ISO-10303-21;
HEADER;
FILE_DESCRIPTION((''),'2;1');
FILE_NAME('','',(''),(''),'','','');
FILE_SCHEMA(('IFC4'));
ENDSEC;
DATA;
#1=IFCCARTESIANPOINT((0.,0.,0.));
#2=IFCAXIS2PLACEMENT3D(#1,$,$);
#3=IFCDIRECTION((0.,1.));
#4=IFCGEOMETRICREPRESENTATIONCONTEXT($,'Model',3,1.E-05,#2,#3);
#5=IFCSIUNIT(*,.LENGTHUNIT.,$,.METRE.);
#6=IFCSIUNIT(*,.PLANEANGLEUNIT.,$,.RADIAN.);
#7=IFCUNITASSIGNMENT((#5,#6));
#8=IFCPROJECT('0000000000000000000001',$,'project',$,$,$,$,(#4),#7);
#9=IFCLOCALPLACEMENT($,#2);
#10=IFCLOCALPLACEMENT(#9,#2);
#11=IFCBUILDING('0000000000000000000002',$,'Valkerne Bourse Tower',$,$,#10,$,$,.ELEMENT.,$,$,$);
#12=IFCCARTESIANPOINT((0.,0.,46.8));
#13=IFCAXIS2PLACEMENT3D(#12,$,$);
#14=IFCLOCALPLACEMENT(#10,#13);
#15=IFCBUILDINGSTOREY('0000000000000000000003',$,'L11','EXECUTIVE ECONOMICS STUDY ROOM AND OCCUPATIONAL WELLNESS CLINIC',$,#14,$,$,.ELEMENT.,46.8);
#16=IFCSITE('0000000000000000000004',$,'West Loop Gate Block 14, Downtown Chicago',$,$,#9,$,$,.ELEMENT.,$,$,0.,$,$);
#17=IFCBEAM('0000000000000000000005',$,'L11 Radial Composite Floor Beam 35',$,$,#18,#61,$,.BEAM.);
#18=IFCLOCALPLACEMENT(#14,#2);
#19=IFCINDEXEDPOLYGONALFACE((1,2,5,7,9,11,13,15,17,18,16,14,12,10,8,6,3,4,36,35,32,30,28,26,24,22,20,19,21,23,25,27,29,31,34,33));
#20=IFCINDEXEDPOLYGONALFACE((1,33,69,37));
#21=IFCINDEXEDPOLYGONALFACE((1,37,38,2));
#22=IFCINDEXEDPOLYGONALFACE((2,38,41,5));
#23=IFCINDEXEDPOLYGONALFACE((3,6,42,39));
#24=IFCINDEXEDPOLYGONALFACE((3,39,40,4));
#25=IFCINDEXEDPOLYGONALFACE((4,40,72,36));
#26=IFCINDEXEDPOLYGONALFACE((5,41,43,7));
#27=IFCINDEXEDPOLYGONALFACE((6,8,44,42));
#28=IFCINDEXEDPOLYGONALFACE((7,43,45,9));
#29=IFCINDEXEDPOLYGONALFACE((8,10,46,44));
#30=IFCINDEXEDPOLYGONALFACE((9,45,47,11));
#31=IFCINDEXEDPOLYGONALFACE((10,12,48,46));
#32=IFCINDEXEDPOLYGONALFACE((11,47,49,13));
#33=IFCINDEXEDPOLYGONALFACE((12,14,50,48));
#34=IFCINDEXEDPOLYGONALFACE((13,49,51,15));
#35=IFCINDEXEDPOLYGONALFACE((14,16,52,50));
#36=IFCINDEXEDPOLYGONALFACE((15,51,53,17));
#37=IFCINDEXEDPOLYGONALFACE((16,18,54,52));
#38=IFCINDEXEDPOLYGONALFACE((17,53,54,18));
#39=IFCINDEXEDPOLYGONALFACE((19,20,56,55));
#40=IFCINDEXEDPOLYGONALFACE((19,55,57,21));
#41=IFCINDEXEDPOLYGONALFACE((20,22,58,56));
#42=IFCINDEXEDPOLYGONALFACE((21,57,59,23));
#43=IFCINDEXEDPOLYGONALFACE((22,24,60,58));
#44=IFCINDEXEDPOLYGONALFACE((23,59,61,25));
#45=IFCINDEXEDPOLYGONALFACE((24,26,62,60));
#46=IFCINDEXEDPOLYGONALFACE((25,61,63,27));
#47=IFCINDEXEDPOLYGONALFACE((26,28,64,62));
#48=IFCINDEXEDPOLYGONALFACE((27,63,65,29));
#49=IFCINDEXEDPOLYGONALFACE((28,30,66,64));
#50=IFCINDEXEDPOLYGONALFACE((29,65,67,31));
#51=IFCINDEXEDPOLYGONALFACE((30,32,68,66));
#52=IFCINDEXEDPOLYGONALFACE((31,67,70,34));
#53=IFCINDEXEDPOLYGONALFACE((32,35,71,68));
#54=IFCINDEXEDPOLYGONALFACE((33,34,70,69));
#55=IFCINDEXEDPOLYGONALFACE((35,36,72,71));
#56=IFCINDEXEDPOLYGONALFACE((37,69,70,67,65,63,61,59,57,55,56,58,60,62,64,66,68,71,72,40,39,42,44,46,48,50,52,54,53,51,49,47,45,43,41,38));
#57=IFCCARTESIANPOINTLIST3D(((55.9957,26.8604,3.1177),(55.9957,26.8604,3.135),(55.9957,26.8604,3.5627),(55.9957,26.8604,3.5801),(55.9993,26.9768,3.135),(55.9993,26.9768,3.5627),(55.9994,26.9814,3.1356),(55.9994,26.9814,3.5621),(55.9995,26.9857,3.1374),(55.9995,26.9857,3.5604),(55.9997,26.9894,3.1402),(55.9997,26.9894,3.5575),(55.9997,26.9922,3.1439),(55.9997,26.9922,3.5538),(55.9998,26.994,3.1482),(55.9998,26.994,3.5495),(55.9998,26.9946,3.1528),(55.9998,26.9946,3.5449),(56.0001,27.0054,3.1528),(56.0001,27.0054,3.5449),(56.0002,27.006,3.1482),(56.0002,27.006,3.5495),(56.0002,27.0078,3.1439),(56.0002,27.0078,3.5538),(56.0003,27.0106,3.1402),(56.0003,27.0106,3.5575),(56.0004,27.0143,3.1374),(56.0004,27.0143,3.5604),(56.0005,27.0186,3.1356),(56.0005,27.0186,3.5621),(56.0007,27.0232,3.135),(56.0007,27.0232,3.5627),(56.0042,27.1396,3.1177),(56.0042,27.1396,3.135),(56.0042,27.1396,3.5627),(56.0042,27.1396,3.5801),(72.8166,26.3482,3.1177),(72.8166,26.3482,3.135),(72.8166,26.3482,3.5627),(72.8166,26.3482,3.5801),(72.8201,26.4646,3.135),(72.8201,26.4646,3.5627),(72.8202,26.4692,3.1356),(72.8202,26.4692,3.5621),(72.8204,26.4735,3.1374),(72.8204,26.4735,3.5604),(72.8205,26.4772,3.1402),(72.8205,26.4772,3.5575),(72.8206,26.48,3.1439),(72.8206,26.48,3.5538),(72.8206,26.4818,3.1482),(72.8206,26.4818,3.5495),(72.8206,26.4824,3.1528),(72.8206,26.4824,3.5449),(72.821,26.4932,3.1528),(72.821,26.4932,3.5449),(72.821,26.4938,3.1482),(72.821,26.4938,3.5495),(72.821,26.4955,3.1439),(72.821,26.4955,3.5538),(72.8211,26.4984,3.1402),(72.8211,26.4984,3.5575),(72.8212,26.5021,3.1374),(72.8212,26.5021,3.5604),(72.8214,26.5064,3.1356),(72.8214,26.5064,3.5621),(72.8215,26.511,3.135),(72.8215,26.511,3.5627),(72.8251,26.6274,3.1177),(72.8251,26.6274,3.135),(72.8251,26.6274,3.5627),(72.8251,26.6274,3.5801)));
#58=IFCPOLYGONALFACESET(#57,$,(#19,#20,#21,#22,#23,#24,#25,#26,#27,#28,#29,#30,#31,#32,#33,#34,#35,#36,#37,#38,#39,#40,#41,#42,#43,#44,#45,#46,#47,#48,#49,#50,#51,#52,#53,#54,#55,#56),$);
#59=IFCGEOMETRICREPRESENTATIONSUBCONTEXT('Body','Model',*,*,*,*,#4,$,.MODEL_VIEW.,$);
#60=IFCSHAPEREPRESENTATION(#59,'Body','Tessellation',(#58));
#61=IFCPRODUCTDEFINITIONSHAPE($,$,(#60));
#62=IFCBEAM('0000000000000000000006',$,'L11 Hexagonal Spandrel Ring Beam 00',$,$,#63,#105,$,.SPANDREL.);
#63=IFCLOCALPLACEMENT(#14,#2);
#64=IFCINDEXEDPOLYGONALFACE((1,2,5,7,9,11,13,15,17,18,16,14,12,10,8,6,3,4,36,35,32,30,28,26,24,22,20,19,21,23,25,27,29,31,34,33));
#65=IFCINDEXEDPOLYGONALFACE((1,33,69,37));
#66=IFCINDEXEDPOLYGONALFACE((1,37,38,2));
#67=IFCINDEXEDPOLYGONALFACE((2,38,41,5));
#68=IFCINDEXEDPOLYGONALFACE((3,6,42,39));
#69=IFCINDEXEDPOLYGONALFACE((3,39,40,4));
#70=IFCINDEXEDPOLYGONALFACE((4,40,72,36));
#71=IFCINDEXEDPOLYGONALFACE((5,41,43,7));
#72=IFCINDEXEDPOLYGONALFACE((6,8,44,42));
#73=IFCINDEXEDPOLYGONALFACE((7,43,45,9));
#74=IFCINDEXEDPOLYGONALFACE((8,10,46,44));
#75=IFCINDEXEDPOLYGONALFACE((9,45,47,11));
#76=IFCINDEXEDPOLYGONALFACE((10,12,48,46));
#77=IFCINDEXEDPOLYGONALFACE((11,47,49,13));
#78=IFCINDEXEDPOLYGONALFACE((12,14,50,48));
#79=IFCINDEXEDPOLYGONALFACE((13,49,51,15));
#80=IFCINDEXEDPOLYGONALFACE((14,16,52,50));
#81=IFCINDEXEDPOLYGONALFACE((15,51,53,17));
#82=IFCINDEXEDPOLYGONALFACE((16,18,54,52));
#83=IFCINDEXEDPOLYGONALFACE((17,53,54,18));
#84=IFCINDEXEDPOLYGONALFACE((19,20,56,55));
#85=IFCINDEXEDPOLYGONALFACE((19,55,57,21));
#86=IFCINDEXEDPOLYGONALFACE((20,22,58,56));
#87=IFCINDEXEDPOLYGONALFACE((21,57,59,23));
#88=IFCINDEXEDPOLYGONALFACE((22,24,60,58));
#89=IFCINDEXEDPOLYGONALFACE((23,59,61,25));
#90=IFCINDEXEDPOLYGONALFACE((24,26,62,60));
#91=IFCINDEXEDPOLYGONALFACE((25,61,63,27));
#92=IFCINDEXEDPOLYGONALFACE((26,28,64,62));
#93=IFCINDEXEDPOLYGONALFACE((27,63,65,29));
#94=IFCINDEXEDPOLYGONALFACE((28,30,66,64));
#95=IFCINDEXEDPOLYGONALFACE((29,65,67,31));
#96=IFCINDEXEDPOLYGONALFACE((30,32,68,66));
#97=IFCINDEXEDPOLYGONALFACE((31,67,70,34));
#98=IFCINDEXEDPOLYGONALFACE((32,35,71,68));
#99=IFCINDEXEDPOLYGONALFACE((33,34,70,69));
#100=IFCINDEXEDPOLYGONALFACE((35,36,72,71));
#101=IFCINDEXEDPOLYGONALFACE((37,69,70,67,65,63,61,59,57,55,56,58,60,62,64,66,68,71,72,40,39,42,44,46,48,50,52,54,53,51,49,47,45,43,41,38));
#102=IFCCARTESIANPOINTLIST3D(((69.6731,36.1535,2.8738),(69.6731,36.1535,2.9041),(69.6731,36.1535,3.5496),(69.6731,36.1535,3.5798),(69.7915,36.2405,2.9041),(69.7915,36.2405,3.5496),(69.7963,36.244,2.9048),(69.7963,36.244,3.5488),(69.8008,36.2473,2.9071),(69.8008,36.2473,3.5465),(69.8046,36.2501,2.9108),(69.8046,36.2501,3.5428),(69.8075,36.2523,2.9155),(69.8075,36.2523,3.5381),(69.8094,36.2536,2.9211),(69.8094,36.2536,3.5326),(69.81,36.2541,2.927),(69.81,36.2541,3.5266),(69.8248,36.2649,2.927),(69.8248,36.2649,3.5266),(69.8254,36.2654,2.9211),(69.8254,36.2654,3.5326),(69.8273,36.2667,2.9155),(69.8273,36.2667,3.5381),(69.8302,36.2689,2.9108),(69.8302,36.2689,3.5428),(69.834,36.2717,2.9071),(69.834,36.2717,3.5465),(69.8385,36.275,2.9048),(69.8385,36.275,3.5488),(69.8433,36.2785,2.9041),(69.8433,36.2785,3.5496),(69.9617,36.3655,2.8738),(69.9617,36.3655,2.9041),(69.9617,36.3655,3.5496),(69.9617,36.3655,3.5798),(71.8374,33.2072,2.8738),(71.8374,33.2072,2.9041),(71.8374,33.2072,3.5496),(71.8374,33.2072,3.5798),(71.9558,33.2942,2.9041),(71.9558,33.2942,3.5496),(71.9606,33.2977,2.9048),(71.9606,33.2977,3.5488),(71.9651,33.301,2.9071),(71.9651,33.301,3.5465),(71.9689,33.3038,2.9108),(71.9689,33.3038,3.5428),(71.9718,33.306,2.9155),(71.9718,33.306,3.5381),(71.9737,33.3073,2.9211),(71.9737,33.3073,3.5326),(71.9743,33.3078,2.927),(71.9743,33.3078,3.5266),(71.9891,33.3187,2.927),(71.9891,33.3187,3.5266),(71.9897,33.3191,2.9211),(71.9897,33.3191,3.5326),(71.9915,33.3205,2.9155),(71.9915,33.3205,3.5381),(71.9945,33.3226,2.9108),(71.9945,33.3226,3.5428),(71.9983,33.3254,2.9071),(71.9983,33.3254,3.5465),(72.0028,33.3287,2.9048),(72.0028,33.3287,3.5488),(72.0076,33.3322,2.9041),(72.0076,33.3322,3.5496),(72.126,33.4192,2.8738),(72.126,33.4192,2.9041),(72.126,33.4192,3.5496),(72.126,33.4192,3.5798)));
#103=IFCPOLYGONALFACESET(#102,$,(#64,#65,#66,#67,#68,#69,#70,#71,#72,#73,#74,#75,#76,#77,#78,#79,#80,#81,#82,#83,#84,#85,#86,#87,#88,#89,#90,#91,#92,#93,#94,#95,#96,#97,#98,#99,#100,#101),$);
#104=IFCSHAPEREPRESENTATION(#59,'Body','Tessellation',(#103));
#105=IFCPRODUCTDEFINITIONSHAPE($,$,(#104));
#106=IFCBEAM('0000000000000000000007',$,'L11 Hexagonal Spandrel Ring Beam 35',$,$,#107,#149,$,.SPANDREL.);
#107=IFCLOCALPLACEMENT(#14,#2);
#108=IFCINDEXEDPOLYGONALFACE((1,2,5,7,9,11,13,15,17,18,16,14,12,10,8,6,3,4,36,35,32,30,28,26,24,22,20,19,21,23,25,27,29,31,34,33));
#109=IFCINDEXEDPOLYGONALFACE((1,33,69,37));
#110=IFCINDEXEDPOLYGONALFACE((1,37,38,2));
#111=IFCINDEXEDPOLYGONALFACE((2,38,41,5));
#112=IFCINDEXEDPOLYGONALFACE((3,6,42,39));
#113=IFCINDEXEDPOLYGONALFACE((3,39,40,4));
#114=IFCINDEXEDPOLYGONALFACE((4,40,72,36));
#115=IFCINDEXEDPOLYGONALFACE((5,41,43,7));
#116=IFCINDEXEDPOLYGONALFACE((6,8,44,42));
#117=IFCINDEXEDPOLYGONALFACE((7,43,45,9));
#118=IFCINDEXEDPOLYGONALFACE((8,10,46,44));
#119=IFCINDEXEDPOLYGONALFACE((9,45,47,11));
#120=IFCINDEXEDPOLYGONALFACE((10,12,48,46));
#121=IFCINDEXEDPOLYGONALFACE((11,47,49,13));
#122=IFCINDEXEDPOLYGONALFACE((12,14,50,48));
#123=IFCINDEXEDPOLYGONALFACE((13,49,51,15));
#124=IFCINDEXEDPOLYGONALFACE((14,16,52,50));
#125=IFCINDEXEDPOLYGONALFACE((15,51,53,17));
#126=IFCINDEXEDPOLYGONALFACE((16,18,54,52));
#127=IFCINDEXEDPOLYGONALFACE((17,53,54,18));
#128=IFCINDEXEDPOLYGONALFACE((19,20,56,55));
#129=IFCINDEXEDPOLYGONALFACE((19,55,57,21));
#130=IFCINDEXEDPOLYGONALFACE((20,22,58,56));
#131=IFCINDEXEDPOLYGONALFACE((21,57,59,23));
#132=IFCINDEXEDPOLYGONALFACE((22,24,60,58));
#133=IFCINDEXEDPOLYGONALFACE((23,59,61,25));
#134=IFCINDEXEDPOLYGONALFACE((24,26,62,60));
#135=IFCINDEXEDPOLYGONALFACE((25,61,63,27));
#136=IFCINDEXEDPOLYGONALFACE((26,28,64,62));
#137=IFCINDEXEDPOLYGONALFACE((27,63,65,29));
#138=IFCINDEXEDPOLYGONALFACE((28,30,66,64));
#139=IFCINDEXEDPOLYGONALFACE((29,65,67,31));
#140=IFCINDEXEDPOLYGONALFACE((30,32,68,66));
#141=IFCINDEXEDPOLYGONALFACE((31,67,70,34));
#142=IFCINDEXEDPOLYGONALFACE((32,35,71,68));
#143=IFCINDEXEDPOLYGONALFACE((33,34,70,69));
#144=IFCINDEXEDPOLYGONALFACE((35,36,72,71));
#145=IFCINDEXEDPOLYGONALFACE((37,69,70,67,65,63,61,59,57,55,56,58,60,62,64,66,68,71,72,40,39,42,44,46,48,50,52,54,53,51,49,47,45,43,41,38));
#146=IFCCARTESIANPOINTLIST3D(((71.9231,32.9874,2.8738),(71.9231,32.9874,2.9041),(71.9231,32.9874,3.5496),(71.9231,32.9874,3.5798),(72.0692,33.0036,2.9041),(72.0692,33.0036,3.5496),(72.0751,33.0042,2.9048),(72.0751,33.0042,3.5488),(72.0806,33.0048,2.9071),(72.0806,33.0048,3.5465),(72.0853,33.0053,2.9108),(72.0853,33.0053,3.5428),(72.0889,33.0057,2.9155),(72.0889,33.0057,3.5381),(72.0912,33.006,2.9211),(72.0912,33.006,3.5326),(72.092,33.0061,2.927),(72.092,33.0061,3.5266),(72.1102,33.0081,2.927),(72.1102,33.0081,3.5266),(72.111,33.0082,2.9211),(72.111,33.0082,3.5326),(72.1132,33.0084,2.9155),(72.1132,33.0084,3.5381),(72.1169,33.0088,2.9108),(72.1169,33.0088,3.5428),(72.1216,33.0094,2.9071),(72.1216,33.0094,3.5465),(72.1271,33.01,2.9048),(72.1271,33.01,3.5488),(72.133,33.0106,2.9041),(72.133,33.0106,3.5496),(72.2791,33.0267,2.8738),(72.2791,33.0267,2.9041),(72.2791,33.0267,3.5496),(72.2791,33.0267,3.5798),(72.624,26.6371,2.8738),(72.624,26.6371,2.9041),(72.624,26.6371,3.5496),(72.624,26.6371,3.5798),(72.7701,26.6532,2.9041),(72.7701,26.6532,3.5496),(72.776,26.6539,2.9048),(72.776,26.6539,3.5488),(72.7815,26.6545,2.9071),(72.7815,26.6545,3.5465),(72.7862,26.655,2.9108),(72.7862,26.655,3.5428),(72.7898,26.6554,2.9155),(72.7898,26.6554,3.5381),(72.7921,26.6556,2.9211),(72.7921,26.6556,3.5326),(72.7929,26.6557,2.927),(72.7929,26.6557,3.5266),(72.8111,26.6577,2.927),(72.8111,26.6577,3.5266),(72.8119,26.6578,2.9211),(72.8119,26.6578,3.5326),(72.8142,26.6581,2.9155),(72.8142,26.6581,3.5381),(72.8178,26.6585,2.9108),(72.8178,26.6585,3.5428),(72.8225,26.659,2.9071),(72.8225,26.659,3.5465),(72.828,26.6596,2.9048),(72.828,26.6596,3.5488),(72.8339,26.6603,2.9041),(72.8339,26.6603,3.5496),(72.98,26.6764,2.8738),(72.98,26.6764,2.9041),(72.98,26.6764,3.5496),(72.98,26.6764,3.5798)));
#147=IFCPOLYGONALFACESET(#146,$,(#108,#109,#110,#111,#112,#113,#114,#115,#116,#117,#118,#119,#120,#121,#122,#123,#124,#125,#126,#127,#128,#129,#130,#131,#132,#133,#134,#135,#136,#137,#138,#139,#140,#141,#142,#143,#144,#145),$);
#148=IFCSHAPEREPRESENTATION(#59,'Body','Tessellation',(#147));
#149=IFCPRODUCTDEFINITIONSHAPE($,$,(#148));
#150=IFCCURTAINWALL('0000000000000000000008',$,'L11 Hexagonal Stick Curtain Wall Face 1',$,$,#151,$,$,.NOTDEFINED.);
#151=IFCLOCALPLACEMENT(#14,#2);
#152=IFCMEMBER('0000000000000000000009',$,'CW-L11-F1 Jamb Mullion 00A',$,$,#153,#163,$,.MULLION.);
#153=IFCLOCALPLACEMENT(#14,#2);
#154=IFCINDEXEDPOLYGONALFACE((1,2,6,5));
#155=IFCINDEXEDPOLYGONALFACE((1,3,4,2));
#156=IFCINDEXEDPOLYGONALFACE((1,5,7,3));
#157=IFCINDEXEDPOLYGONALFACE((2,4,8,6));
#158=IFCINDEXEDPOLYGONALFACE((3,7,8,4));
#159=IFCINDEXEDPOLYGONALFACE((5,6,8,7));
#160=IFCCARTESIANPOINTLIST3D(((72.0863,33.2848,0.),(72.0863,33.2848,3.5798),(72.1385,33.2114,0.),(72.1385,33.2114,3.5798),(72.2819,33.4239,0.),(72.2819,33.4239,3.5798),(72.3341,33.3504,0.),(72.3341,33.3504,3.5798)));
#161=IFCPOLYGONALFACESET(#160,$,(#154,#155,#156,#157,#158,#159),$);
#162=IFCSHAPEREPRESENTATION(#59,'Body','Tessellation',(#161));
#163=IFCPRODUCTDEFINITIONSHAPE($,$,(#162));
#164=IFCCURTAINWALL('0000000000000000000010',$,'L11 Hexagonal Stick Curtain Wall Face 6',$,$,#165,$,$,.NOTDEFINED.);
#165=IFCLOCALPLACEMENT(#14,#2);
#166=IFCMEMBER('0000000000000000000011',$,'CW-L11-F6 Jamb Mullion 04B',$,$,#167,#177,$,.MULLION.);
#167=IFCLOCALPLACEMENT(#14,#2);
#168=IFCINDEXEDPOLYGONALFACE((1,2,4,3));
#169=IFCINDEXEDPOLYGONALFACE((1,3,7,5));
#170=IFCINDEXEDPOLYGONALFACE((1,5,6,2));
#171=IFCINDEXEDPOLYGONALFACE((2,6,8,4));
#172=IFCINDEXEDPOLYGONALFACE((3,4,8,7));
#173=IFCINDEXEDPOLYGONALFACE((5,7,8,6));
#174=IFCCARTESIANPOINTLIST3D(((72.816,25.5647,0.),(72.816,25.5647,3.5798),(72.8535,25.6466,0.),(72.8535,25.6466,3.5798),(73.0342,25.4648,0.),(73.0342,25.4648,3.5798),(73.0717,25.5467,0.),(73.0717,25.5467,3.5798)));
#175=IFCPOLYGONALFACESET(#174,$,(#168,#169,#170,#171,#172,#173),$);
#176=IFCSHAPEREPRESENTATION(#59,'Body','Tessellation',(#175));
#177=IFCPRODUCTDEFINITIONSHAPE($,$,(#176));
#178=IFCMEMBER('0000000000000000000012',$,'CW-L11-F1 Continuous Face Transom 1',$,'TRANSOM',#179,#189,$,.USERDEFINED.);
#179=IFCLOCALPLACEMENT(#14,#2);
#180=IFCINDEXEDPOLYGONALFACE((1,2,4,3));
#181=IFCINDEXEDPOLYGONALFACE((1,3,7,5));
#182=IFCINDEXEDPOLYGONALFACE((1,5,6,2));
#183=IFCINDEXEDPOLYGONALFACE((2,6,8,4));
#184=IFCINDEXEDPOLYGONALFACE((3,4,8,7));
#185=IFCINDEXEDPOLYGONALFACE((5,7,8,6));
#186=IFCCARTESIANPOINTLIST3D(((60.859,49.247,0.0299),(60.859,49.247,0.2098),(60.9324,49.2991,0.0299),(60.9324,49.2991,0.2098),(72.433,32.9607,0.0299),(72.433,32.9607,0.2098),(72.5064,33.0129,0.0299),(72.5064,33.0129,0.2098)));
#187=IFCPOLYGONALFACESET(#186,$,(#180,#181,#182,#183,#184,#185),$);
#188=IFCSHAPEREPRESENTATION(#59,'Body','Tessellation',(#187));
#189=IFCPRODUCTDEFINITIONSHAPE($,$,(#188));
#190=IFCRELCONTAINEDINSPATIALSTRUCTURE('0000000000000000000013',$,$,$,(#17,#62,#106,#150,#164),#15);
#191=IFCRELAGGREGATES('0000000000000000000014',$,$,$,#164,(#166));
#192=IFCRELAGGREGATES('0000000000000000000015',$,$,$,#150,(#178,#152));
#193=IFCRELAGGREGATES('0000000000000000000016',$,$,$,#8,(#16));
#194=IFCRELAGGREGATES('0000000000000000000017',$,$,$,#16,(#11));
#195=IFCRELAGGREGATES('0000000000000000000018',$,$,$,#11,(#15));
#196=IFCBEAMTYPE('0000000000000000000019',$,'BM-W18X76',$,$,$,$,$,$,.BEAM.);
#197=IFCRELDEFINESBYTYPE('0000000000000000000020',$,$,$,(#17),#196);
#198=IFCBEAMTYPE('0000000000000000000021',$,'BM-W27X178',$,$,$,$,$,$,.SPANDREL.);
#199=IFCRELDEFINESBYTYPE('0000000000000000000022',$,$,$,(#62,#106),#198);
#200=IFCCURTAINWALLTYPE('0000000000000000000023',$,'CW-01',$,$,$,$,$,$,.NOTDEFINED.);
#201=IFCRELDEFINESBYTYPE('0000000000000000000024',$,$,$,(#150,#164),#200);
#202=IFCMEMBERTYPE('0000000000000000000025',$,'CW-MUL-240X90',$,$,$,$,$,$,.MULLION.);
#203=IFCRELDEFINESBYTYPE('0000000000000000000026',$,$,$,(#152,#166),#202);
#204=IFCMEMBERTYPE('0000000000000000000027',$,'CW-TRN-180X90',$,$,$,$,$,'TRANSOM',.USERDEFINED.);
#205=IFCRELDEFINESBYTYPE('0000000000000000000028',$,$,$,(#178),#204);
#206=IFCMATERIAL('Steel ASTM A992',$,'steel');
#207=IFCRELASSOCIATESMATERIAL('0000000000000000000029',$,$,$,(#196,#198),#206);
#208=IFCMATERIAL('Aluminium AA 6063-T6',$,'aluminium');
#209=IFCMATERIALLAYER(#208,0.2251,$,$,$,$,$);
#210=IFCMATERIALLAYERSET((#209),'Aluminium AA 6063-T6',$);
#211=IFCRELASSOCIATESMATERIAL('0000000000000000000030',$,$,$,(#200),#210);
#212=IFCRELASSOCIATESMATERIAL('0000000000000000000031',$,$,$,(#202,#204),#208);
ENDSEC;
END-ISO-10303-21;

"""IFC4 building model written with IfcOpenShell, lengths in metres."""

from ifc_helpers import new_model, si_unit, direction, frame, origin, origin_2d, place, context, subcontext, project, spatial, rectangle, i_section, extrude, material, layer, layer_set, material_profile, profile_set, type_object, element, aggregate, save


model = new_model("IFC4")

# Units and contexts
model_context = context("Model", 3, precision=1e-05, world=origin(), true_north=direction((0.0, 1.0)))
body_context = subcontext(model_context, "Body", "Model", "MODEL_VIEW")
ifc_project = project(units=[si_unit("LENGTHUNIT", "METRE"), si_unit("PLANEANGLEUNIT", "RADIAN")], contexts=[model_context])

# Site, building, storey
site_placement = place(None, origin())
site = spatial("IfcSite", under=ifc_project, at=site_placement, Name="West Loop Gate Block 14, Downtown Chicago", CompositionType="ELEMENT", RefElevation=0.0)
building_placement = place(site_placement, origin())
building = spatial("IfcBuilding", under=site, at=building_placement, Name="Valkerne Bourse Tower", CompositionType="ELEMENT")
storey_placement = place(building_placement, frame((0.0, 0.0, 46.8)))
storey = spatial("IfcBuildingStorey", under=building, at=storey_placement, Name="L11", Description="EXECUTIVE ECONOMICS STUDY ROOM AND OCCUPATIONAL WELLNESS CLINIC", CompositionType="ELEMENT", Elevation=46.8)

# Beams
ifc_material_1 = material(Name="Steel ASTM A992", Category="steel")
ifc_material_profile_1 = material_profile(ifc_material_1, i_section(OverallWidth=0.2793, OverallDepth=0.4624, WebThickness=0.0107, FlangeThickness=0.0173, FilletRadius=0.0178, at=origin_2d()), Name="W18X76")
ifc_profile_set_1 = profile_set([ifc_material_profile_1], Name="Steel ASTM A992")
beam_type_1 = type_object("IfcBeamType", Name="BM-W18X76", PredefinedType="BEAM", material=ifc_profile_set_1)
beam_1_placement = place(storey_placement, frame((72.8208, 26.4878, 3.3489), z_axis=(-0.999537, 0.030437, 0.0), x_axis=(-0.030437, -0.999537, 0.0)))
element("IfcBeam", 1, at=beam_1_placement, inside=storey, type_object=beam_type_1, Name="L11 Radial Composite Floor Beam 35", PredefinedType="BEAM", context=body_context, shape_type="SweptSolid", body=[
    extrude(i_section(OverallWidth=0.2793, OverallDepth=0.4624, WebThickness=0.0107, FlangeThickness=0.0173, FilletRadius=0.0178, at=origin_2d()), origin(), (0.0, 0.0, 1.0), 16.8286),
])
ifc_material_profile_2 = material_profile(ifc_material_1, i_section(OverallWidth=0.3582, OverallDepth=0.7061, WebThickness=0.0183, FlangeThickness=0.0303, FilletRadius=0.0229, at=origin_2d()), Name="W27X178")
ifc_profile_set_2 = profile_set([ifc_material_profile_2], Name="Steel ASTM A992")
beam_type_2 = type_object("IfcBeamType", Name="BM-W27X178", PredefinedType="SPANDREL", material=ifc_profile_set_2)
beam_2_placement = place(storey_placement, frame((71.9817, 33.3132, 3.2268), z_axis=(-0.592021, 0.805923, 0.0), x_axis=(-0.805923, -0.592021, 0.0)))
element("IfcBeam", 2, at=beam_2_placement, inside=storey, type_object=beam_type_2, Name="L11 Hexagonal Spandrel Ring Beam 00", PredefinedType="SPANDREL", context=body_context, shape_type="SweptSolid", body=[
    extrude(i_section(OverallWidth=0.3582, OverallDepth=0.7061, WebThickness=0.0183, FlangeThickness=0.0303, FilletRadius=0.0229, at=origin_2d()), origin(), (0.0, 0.0, 1.0), 3.6558),
])
beam_3_placement = place(storey_placement, frame((72.802, 26.6567, 3.2268), z_axis=(-0.10971, 0.993964, 0.0), x_axis=(-0.993964, -0.10971, 0.0)))
element("IfcBeam", 3, at=beam_3_placement, inside=storey, type_object=beam_type_2, Name="L11 Hexagonal Spandrel Ring Beam 35", PredefinedType="SPANDREL", context=body_context, shape_type="SweptSolid", body=[
    extrude(i_section(OverallWidth=0.3582, OverallDepth=0.7061, WebThickness=0.0183, FlangeThickness=0.0303, FilletRadius=0.0229, at=origin_2d()), origin(), (0.0, 0.0, 1.0), 6.3889),
])

# Curtain walls, members
ifc_material_2 = material(Name="Aluminium AA 6063-T6", Category="aluminium")
ifc_layer_1 = layer(ifc_material_2, 0.2251)
ifc_layer_set_1 = layer_set([ifc_layer_1], Name="Aluminium AA 6063-T6")
curtain_wall_type = type_object("IfcCurtainWallType", Name="CW-01", PredefinedType="NOTDEFINED", material=ifc_layer_set_1)
curtain_wall_1_placement = place(storey_placement, origin())
curtain_wall_1 = element("IfcCurtainWall", 4, at=curtain_wall_1_placement, inside=storey, type_object=curtain_wall_type, Name="L11 Hexagonal Stick Curtain Wall Face 1", PredefinedType="NOTDEFINED")
ifc_material_profile_3 = material_profile(ifc_material_2, rectangle(XDim=0.0901, YDim=0.24, at=origin_2d()), Name="CWM-90X240")
ifc_profile_set_3 = profile_set([ifc_material_profile_3], Name="Aluminium AA 6063-T6")
member_type_1 = type_object("IfcMemberType", Name="CW-MUL-240X90", PredefinedType="MULLION", material=ifc_profile_set_3)
member_1_placement = place(storey_placement, frame((72.2102, 33.3176, 0.0), z_axis=(0.0, 0.0, 1.0), x_axis=(-0.579286, 0.815124, 0.0)))
member_1 = element("IfcMember", 5, at=member_1_placement, type_object=member_type_1, Name="CW-L11-F1 Jamb Mullion 00A", PredefinedType="MULLION", context=body_context, shape_type="SweptSolid", body=[
    extrude(rectangle(XDim=0.0901, YDim=0.24, at=origin_2d()), origin(), (0.0, 0.0, 1.0), 3.5798),
])
curtain_wall_2_placement = place(storey_placement, origin())
curtain_wall_2 = element("IfcCurtainWall", 6, at=curtain_wall_2_placement, inside=storey, type_object=curtain_wall_type, Name="L11 Hexagonal Stick Curtain Wall Face 6", PredefinedType="NOTDEFINED")
member_2_placement = place(storey_placement, frame((72.9438, 25.5557, 0.0), z_axis=(0.0, 0.0, 1.0), x_axis=(0.41629, 0.909232, 0.0)))
member_2 = element("IfcMember", 7, at=member_2_placement, type_object=member_type_1, Name="CW-L11-F6 Jamb Mullion 04B", PredefinedType="MULLION", context=body_context, shape_type="SweptSolid", body=[
    extrude(rectangle(XDim=0.0901, YDim=0.24, at=origin_2d()), origin(), (0.0, 0.0, 1.0), 3.5798),
])
aggregate(curtain_wall_2, [member_2])

# Member
ifc_material_profile_4 = material_profile(ifc_material_2, rectangle(XDim=0.0901, YDim=0.1799, at=origin_2d()), Name="CWT-90X180")
ifc_profile_set_4 = profile_set([ifc_material_profile_4], Name="Aluminium AA 6063-T6")
member_type_2 = type_object("IfcMemberType", Name="CW-TRN-180X90", ElementType="TRANSOM", PredefinedType="USERDEFINED", material=ifc_profile_set_4)
member_3_placement = place(storey_placement, frame((72.4697, 32.9868, 0.1199), z_axis=(-0.579282, 0.815127, 0.0), x_axis=(-0.815127, -0.579282, 0.0)))
member_3 = element("IfcMember", 8, at=member_3_placement, type_object=member_type_2, Name="CW-L11-F1 Continuous Face Transom 1", ObjectType="TRANSOM", PredefinedType="USERDEFINED", context=body_context, shape_type="SweptSolid", body=[
    extrude(rectangle(XDim=0.0901, YDim=0.1799, at=origin_2d()), origin(), (0.0, 0.0, 1.0), 19.98),
])

aggregate(curtain_wall_1, [member_3, member_1])

save(model, "model.ifc")
